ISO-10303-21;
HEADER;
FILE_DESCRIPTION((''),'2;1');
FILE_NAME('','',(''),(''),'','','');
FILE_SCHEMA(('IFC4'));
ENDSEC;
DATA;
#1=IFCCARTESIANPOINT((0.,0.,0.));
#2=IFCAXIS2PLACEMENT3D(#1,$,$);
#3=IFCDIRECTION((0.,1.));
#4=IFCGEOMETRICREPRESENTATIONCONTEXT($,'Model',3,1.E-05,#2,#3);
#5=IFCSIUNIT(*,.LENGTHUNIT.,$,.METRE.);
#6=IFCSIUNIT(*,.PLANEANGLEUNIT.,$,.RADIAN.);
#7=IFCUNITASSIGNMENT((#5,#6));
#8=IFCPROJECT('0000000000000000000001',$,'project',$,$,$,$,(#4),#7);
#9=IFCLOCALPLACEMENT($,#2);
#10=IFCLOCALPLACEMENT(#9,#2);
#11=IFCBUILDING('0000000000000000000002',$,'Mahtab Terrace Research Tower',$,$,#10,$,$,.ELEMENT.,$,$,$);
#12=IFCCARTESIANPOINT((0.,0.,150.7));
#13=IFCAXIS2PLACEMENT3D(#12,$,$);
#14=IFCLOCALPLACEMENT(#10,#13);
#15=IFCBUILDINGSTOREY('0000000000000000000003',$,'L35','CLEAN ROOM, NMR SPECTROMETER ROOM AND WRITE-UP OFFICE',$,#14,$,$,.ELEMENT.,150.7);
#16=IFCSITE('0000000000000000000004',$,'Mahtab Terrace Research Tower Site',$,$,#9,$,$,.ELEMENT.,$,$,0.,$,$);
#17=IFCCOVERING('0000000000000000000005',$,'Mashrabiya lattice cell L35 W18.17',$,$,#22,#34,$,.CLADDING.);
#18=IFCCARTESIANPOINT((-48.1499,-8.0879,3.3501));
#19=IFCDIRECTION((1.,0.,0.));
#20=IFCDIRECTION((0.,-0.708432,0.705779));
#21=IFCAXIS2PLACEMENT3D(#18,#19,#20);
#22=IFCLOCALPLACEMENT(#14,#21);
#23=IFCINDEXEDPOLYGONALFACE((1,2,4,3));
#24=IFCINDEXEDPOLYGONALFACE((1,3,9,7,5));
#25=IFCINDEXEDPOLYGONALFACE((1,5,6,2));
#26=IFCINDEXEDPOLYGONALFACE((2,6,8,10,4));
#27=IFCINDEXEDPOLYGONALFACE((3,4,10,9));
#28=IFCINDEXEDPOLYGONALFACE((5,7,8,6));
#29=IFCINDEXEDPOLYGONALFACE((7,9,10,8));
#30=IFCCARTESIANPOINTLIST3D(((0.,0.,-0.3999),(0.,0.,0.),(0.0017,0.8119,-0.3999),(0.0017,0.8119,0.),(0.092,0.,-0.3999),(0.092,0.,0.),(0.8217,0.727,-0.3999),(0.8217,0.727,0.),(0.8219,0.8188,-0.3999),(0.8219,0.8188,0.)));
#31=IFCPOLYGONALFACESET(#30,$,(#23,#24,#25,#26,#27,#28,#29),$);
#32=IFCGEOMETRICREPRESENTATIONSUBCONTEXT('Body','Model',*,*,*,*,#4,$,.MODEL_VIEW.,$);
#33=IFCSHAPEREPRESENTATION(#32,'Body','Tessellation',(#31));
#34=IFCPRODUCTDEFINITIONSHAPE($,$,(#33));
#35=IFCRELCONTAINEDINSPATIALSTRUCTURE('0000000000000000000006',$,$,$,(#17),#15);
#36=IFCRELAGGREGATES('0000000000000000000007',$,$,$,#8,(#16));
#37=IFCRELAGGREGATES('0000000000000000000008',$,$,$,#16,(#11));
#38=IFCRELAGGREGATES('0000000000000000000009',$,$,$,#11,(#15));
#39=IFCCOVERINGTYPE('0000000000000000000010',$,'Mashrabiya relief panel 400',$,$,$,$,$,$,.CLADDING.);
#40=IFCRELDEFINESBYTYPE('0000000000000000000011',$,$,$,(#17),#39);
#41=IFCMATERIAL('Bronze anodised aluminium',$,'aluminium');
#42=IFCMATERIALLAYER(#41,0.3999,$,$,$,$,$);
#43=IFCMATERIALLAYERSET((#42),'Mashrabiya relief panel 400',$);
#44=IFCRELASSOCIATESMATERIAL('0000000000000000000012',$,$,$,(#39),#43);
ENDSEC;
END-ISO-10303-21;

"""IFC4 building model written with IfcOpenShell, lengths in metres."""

from ifc_helpers import new_model, si_unit, direction, frame, origin, place, context, subcontext, project, spatial, polyline, outline, extrude, material, layer, layer_set, type_object, element, save


model = new_model("IFC4")

# Units and contexts
model_context = context("Model", 3, precision=1e-05, world=origin(), true_north=direction((0.0, 1.0)))
body_context = subcontext(model_context, "Body", "Model", "MODEL_VIEW")
ifc_project = project(units=[si_unit("LENGTHUNIT", "METRE"), si_unit("PLANEANGLEUNIT", "RADIAN")], contexts=[model_context])

# Site, building, storey
site_placement = place(None, origin())
site = spatial("IfcSite", under=ifc_project, at=site_placement, Name="Mahtab Terrace Research Tower Site", CompositionType="ELEMENT", RefElevation=0.0)
building_placement = place(site_placement, origin())
building = spatial("IfcBuilding", under=site, at=building_placement, Name="Mahtab Terrace Research Tower", CompositionType="ELEMENT")
storey_placement = place(building_placement, frame((0.0, 0.0, 150.7)))
storey = spatial("IfcBuildingStorey", under=building, at=storey_placement, Name="L35", Description="CLEAN ROOM, NMR SPECTROMETER ROOM AND WRITE-UP OFFICE", CompositionType="ELEMENT", Elevation=150.7)

# Covering
ifc_material_1 = material(Name="Bronze anodised aluminium", Category="aluminium")
ifc_layer_1 = layer(ifc_material_1, 0.3999)
ifc_layer_set_1 = layer_set([ifc_layer_1], Name="Mashrabiya relief panel 400")
covering_type_1 = type_object("IfcCoveringType", Name="Mashrabiya relief panel 400", PredefinedType="CLADDING", material=ifc_layer_set_1)
covering_1_placement = place(storey_placement, frame((-48.1499, -8.0879, 3.3501), z_axis=(1.0, 0.0, 0.0), x_axis=(0.0, -0.708432, 0.705779)))
element("IfcCovering", 1, at=covering_1_placement, inside=storey, type_object=covering_type_1, Name="Mashrabiya lattice cell L35 W18.17", PredefinedType="CLADDING", context=body_context, shape_type="SweptSolid", body=[
    extrude(outline(polyline([(0.0, 0.0), (0.092, 0.0), (0.8217, 0.727), (0.8219, 0.8188), (0.0017, 0.8119), (0.0, 0.0)])), origin(), (0.0, 0.0, -1.0), 0.3999),
])

save(model, "model.ifc")
